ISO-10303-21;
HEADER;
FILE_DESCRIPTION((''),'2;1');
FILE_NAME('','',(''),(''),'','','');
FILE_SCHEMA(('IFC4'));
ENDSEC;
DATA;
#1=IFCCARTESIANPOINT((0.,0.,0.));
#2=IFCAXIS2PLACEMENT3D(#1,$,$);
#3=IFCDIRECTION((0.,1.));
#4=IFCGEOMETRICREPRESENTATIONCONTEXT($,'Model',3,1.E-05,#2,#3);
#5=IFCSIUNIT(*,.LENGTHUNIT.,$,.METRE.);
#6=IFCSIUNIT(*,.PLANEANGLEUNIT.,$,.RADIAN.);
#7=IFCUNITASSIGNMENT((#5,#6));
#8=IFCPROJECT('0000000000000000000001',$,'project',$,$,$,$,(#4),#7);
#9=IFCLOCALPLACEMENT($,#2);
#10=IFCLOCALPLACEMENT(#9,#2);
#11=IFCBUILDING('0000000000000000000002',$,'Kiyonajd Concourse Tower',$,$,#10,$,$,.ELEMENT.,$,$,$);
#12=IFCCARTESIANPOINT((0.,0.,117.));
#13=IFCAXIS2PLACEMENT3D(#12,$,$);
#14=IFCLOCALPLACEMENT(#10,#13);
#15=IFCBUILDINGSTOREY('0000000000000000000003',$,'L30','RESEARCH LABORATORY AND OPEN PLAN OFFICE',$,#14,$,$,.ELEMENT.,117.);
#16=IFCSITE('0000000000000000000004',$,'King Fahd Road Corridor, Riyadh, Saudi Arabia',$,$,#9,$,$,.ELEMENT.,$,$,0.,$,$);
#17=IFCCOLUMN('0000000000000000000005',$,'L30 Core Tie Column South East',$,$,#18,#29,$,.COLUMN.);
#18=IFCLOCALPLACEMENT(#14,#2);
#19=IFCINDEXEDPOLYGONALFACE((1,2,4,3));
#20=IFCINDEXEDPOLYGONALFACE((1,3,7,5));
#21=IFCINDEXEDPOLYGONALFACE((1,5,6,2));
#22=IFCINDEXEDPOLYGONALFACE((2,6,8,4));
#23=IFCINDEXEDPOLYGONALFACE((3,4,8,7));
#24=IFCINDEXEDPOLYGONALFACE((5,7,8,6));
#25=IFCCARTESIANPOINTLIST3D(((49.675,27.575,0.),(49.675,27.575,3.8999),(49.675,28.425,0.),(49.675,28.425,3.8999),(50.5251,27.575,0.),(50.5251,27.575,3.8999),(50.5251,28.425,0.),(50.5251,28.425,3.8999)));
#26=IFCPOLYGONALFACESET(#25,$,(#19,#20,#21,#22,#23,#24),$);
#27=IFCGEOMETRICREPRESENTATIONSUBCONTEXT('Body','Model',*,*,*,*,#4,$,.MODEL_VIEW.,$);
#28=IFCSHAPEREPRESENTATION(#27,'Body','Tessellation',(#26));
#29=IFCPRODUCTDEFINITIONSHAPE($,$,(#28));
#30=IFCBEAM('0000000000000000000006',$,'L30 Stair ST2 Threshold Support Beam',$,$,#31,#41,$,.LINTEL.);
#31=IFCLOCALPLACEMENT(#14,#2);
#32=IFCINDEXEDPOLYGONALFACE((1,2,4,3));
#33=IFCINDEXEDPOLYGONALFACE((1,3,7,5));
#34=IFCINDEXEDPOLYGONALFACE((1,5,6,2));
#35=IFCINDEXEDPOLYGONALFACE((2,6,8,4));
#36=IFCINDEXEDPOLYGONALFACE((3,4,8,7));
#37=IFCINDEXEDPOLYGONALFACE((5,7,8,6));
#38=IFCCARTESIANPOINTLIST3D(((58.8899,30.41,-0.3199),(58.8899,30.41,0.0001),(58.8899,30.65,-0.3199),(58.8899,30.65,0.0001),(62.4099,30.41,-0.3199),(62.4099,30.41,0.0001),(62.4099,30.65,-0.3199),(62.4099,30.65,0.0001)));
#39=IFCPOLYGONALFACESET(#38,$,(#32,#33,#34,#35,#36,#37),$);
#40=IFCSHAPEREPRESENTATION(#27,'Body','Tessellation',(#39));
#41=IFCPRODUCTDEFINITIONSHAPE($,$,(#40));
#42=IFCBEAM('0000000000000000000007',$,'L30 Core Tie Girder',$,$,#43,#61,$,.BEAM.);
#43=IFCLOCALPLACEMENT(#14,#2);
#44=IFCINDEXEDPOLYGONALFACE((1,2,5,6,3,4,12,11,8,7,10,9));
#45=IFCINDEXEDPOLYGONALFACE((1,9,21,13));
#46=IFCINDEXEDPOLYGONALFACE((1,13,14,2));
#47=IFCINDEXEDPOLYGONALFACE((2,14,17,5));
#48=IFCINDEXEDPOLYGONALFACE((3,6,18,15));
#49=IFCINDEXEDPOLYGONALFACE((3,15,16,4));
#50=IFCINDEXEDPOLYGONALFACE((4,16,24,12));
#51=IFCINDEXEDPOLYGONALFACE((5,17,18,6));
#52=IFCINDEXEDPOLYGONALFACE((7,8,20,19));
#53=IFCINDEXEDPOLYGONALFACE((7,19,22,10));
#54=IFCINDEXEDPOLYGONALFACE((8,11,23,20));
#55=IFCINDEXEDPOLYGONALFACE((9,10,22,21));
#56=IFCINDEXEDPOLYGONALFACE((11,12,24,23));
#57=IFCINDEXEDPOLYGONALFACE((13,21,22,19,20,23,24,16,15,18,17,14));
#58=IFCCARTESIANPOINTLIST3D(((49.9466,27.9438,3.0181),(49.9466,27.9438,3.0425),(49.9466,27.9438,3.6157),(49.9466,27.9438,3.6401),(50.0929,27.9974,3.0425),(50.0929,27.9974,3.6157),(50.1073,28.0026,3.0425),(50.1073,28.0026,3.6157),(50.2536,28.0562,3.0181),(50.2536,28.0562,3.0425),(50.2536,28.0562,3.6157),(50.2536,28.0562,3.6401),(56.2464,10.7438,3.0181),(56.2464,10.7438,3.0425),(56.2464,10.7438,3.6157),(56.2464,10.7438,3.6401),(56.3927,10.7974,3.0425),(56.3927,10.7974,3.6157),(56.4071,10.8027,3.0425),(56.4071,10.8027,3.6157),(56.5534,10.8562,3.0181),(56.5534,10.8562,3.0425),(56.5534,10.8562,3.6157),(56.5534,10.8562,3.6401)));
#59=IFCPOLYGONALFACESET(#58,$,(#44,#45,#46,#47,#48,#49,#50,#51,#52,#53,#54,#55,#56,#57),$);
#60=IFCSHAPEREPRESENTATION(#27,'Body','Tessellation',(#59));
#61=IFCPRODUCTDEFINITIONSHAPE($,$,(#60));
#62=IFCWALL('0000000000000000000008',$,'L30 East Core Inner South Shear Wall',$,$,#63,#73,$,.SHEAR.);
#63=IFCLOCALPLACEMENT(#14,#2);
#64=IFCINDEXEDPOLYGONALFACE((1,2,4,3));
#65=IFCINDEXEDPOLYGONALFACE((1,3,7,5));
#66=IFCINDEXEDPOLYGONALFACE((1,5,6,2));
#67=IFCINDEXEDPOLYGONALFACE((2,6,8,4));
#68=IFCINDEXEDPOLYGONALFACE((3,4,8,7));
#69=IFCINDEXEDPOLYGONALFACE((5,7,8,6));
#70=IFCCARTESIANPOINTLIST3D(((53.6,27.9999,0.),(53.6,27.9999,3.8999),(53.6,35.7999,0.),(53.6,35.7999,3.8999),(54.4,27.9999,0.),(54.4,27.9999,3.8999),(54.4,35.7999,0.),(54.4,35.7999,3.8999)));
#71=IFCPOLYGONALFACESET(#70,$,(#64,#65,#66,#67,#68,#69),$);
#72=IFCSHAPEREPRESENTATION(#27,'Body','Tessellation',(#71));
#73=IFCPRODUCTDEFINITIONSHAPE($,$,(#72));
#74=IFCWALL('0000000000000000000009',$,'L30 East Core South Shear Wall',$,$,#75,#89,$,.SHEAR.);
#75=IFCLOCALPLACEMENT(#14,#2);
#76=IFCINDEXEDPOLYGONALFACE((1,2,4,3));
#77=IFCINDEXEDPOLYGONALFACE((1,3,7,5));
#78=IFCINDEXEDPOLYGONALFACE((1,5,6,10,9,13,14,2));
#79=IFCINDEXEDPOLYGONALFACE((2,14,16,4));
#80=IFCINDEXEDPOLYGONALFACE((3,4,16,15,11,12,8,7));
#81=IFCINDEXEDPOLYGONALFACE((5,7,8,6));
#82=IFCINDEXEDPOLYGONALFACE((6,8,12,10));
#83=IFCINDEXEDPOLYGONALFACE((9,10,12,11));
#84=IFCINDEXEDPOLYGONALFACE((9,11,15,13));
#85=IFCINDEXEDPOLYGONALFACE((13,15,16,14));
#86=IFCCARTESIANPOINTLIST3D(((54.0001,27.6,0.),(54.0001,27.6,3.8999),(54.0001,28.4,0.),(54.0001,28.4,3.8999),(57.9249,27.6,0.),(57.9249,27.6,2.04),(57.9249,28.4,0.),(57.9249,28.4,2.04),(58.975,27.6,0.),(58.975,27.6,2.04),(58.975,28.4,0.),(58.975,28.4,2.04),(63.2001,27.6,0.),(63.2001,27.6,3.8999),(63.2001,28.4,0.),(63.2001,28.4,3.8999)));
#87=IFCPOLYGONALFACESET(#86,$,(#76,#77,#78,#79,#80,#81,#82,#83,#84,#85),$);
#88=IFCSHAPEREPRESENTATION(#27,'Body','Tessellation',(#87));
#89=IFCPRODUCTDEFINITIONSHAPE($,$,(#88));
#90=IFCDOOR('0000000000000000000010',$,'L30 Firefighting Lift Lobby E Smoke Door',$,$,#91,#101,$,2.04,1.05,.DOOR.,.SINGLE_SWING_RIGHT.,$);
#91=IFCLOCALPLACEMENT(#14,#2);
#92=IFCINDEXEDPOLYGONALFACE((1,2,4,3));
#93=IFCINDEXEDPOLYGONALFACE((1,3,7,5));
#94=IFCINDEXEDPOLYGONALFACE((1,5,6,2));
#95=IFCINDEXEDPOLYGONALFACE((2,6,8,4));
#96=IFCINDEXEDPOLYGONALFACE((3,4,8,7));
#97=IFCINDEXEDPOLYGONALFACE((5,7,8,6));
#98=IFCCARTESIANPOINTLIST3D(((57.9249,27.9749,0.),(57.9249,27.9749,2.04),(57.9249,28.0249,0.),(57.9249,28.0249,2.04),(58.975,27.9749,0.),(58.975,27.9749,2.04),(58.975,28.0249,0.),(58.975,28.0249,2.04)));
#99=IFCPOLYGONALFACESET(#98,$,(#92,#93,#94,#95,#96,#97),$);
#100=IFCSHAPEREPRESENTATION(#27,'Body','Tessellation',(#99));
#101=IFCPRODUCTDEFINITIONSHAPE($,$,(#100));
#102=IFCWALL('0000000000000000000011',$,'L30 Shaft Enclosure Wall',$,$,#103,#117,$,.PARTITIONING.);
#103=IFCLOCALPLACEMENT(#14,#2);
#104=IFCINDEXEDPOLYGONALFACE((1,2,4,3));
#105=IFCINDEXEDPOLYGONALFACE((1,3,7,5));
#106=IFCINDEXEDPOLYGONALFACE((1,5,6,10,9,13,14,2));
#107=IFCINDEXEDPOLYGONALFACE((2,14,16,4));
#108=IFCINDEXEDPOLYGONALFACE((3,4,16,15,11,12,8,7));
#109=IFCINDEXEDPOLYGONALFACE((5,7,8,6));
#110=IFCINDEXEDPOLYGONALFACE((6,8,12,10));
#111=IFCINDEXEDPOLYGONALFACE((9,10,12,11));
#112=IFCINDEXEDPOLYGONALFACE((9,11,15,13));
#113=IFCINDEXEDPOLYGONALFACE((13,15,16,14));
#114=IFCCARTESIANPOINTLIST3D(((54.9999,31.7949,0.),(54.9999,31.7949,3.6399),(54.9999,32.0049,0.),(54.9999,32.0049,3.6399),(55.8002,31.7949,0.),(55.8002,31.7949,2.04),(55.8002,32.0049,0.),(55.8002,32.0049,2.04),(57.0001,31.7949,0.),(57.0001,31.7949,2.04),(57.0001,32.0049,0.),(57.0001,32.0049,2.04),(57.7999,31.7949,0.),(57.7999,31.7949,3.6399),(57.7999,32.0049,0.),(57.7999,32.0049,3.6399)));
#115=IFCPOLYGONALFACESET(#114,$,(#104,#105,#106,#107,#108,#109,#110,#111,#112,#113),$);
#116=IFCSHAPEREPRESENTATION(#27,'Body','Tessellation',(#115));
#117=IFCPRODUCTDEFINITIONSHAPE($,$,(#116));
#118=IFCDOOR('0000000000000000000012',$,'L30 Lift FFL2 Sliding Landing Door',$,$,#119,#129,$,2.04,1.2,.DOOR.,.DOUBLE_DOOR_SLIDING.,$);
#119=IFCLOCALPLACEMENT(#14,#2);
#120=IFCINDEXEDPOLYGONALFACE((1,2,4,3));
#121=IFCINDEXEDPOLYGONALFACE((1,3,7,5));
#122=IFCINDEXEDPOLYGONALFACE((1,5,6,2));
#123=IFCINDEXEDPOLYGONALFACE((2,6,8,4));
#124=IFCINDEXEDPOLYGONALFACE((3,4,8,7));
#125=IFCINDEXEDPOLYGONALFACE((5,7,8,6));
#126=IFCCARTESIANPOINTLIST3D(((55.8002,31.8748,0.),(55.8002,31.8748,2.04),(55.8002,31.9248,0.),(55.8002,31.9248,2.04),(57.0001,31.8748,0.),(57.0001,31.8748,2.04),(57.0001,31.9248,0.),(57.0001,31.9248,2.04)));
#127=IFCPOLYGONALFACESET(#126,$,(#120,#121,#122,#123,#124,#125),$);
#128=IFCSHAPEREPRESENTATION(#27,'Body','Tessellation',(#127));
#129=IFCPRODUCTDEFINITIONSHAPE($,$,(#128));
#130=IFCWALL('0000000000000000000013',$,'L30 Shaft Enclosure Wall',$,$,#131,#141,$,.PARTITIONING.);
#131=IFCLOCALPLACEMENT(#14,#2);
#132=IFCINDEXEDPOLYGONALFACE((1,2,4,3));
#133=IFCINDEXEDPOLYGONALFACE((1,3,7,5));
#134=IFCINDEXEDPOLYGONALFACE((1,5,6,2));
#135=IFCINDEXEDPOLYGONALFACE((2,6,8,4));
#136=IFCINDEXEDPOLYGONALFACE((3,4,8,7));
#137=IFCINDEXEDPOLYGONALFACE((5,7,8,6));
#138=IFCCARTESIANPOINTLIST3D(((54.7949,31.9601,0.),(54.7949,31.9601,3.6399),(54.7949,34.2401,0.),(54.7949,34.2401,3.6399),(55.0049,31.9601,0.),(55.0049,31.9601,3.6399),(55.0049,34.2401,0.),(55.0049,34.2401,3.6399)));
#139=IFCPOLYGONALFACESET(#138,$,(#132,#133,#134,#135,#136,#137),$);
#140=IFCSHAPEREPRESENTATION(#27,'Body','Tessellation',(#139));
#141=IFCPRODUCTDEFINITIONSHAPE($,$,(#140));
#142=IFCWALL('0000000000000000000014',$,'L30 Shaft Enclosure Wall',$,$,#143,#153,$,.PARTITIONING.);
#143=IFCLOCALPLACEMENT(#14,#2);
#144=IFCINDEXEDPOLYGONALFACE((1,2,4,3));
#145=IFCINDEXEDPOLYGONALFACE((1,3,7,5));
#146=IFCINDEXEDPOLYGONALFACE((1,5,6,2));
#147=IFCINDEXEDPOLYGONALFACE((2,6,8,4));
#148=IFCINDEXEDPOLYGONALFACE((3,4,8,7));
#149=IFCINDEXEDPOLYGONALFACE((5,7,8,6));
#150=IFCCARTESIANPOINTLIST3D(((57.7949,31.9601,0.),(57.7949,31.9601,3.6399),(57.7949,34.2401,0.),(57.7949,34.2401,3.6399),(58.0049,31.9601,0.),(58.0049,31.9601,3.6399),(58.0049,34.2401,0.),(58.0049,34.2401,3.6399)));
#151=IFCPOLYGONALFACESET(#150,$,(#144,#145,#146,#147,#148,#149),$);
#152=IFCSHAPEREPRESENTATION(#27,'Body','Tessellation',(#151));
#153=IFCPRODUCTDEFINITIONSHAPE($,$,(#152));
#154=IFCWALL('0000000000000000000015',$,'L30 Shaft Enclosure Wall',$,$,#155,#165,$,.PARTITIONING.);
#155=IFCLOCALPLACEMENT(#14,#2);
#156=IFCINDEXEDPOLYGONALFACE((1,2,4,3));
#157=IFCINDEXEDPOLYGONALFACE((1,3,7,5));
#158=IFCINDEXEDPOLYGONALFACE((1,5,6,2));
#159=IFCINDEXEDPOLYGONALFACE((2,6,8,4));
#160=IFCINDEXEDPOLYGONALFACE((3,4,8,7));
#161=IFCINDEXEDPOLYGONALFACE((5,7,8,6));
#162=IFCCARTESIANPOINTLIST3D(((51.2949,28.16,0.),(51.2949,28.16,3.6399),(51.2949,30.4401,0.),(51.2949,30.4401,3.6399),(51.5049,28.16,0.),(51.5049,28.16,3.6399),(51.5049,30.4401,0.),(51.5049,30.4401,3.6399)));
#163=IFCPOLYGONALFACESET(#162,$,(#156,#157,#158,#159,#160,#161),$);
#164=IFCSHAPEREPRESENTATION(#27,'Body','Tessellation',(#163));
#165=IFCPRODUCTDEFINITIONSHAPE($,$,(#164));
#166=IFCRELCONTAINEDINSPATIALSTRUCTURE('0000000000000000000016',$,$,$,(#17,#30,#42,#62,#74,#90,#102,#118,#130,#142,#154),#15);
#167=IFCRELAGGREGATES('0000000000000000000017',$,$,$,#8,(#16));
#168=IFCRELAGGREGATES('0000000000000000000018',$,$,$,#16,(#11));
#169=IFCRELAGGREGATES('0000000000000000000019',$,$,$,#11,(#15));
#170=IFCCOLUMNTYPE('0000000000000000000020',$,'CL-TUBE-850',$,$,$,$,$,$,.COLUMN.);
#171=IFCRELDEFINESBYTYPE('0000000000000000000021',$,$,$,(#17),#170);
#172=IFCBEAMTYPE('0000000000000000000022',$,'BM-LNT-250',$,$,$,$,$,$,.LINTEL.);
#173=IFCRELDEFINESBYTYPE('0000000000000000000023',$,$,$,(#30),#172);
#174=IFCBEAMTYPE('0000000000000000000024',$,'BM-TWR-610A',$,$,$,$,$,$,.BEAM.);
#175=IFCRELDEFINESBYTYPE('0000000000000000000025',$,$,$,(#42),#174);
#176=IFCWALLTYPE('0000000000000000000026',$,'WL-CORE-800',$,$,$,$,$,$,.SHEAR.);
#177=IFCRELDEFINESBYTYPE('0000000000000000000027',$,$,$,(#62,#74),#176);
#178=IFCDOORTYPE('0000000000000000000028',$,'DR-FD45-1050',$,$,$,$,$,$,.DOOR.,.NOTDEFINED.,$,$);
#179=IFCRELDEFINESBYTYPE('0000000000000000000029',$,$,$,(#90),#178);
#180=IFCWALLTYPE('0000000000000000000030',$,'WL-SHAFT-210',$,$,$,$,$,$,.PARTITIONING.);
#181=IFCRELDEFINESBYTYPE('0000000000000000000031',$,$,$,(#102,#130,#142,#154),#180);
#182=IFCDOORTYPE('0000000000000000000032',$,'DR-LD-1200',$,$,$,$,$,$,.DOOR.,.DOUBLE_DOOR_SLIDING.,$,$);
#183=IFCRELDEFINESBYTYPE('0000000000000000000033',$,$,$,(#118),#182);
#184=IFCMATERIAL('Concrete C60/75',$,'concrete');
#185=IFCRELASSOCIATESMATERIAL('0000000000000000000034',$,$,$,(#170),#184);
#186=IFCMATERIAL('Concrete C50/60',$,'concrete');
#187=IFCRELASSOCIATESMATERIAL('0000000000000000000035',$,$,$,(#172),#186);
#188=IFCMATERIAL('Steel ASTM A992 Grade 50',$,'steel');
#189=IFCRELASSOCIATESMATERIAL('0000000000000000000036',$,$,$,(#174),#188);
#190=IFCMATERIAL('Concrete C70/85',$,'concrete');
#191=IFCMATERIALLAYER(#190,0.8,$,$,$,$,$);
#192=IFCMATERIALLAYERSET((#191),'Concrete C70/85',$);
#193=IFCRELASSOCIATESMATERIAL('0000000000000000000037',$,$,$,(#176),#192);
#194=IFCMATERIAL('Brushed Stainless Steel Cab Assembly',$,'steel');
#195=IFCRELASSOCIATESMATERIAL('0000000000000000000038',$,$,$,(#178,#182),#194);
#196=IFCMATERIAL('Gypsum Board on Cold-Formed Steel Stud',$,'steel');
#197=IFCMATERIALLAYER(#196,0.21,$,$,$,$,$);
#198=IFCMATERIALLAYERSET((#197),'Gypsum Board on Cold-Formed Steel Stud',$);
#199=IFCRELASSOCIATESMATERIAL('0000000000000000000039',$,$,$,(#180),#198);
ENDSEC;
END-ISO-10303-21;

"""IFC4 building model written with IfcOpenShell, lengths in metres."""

from ifc_helpers import new_model, si_unit, direction, frame, frame_2d, origin, origin_2d, place, context, subcontext, project, spatial, rectangle, i_section, extrude, material, layer, layer_set, material_profile, profile_set, type_object, element, fill, save


model = new_model("IFC4")

# Units and contexts
model_context = context("Model", 3, precision=1e-05, world=origin(), true_north=direction((0.0, 1.0)))
body_context = subcontext(model_context, "Body", "Model", "MODEL_VIEW")
ifc_project = project(units=[si_unit("LENGTHUNIT", "METRE"), si_unit("PLANEANGLEUNIT", "RADIAN")], contexts=[model_context])

# Site, building, storey
site_placement = place(None, origin())
site = spatial("IfcSite", under=ifc_project, at=site_placement, Name="King Fahd Road Corridor, Riyadh, Saudi Arabia", CompositionType="ELEMENT", RefElevation=0.0)
building_placement = place(site_placement, origin())
building = spatial("IfcBuilding", under=site, at=building_placement, Name="Kiyonajd Concourse Tower", CompositionType="ELEMENT")
storey_placement = place(building_placement, frame((0.0, 0.0, 117.0)))
storey = spatial("IfcBuildingStorey", under=building, at=storey_placement, Name="L30", Description="RESEARCH LABORATORY AND OPEN PLAN OFFICE", CompositionType="ELEMENT", Elevation=117.0)

# Column
ifc_material_1 = material(Name="Concrete C60/75", Category="concrete")
ifc_material_profile_1 = material_profile(ifc_material_1, rectangle(XDim=0.8501, YDim=0.8501, at=origin_2d()), Name="RC-850x850")
ifc_profile_set_1 = profile_set([ifc_material_profile_1], Name="Concrete C60/75")
column_type = type_object("IfcColumnType", Name="CL-TUBE-850", PredefinedType="COLUMN", material=ifc_profile_set_1)
column_placement = place(storey_placement, frame((50.1001, 28.0, 0.0), z_axis=(0.0, 0.0, 1.0), x_axis=(1.0, 0.0, 0.0)))
element("IfcColumn", 1, at=column_placement, inside=storey, type_object=column_type, Name="L30 Core Tie Column South East", PredefinedType="COLUMN", context=body_context, shape_type="SweptSolid", body=[
    extrude(rectangle(XDim=0.8501, YDim=0.8501, at=origin_2d()), origin(), (0.0, 0.0, 1.0), 3.8999),
])

# Beams
ifc_material_2 = material(Name="Concrete C50/60", Category="concrete")
ifc_material_profile_2 = material_profile(ifc_material_2, rectangle(XDim=0.24, YDim=0.3201, at=origin_2d()), Name="RCBM-240x320")
ifc_profile_set_2 = profile_set([ifc_material_profile_2], Name="Concrete C50/60")
beam_type_1 = type_object("IfcBeamType", Name="BM-LNT-250", PredefinedType="LINTEL", material=ifc_profile_set_2)
beam_1_placement = place(storey_placement, frame((58.8899, 30.53, -0.1599), z_axis=(1.0, 0.0, 0.0), x_axis=(0.0, 1.0, 0.0)))
element("IfcBeam", 2, at=beam_1_placement, inside=storey, type_object=beam_type_1, Name="L30 Stair ST2 Threshold Support Beam", PredefinedType="LINTEL", context=body_context, shape_type="SweptSolid", body=[
    extrude(rectangle(XDim=0.24, YDim=0.3201, at=origin_2d()), origin(), (0.0, 0.0, 1.0), 3.52),
])
ifc_material_3 = material(Name="Steel ASTM A992 Grade 50", Category="steel")
ifc_material_profile_3 = material_profile(ifc_material_3, i_section(OverallWidth=0.3269, OverallDepth=0.6221, WebThickness=0.0154, FlangeThickness=0.0244, at=origin_2d()), Name="W610X195")
ifc_profile_set_3 = profile_set([ifc_material_profile_3], Name="Steel ASTM A992 Grade 50")
beam_type_2 = type_object("IfcBeamType", Name="BM-TWR-610A", PredefinedType="BEAM", material=ifc_profile_set_3)
beam_2_placement = place(storey_placement, frame((50.1001, 28.0, 3.3291), z_axis=(0.343925, -0.938997, 0.0), x_axis=(0.938997, 0.343925, 0.0)))
element("IfcBeam", 3, at=beam_2_placement, inside=storey, type_object=beam_type_2, Name="L30 Core Tie Girder", PredefinedType="BEAM", context=body_context, shape_type="SweptSolid", body=[
    extrude(i_section(OverallWidth=0.3269, OverallDepth=0.6221, WebThickness=0.0154, FlangeThickness=0.0244, at=origin_2d()), origin(), (0.0, 0.0, 1.0), 18.3174),
])

# Wall
ifc_material_4 = material(Name="Concrete C70/85", Category="concrete")
ifc_layer_1 = layer(ifc_material_4, 0.8)
ifc_layer_set_1 = layer_set([ifc_layer_1], Name="Concrete C70/85")
wall_type_1 = type_object("IfcWallType", Name="WL-CORE-800", PredefinedType="SHEAR", material=ifc_layer_set_1)
wall_1_placement = place(storey_placement, frame((54.0, 28.0, 0.0), z_axis=(0.0, 0.0, 1.0), x_axis=(0.0, 1.0, 0.0)))
element("IfcWall", 4, at=wall_1_placement, inside=storey, type_object=wall_type_1, Name="L30 East Core Inner South Shear Wall", PredefinedType="SHEAR", context=body_context, shape_type="SweptSolid", body=[
    extrude(rectangle(XDim=7.8, YDim=0.8, at=frame_2d((3.8999, 0.0))), origin(), (0.0, 0.0, 1.0), 3.8999),
])

# Walls, openings, doors
wall_2_placement = place(storey_placement, frame((54.0, 28.0, 0.0), z_axis=(0.0, 0.0, 1.0), x_axis=(1.0, 0.0, 0.0)))
wall_2 = element("IfcWall", 5, at=wall_2_placement, inside=storey, type_object=wall_type_1, Name="L30 East Core South Shear Wall", PredefinedType="SHEAR", context=body_context, shape_type="SweptSolid", body=[
    extrude(rectangle(XDim=9.2, YDim=0.8, at=frame_2d((4.6001, 0.0))), origin(), (0.0, 0.0, 1.0), 3.8999),
])
opening_1_placement = place(wall_2_placement, frame((3.925, 0.0, 0.0)))
opening_1 = element("IfcOpeningElement", 6, at=opening_1_placement, cuts=wall_2, PredefinedType="OPENING", context=body_context, shape_type="SweptSolid", body=[
    extrude(rectangle(XDim=1.05, YDim=2.04, at=frame_2d((0.5249, 1.02))), frame((0.0, 0.4099, 0.0), z_axis=(0.0, -1.0, 0.0), x_axis=(1.0, 0.0, 0.0)), (0.0, 0.0, 1.0), 0.8201),
])
ifc_material_5 = material(Name="Brushed Stainless Steel Cab Assembly", Category="steel")
door_type_1 = type_object("IfcDoorType", Name="DR-FD45-1050", OperationType="NOTDEFINED", PredefinedType="DOOR", material=ifc_material_5)
door_1_placement = place(opening_1_placement, origin())
door_1 = element("IfcDoor", 7, at=door_1_placement, inside=storey, type_object=door_type_1, Name="L30 Firefighting Lift Lobby E Smoke Door", OperationType="SINGLE_SWING_RIGHT", OverallHeight=2.04, OverallWidth=1.05, PredefinedType="DOOR", context=body_context, shape_type="SweptSolid", body=[
    extrude(rectangle(XDim=1.05, YDim=2.04, at=frame_2d((0.5249, 1.02))), frame((0.0, 0.0249, 0.0), z_axis=(0.0, -1.0, 0.0), x_axis=(1.0, 0.0, 0.0)), (0.0, 0.0, 1.0), 0.05),
])
fill(opening_1, door_1)
ifc_material_6 = material(Name="Gypsum Board on Cold-Formed Steel Stud", Category="steel")
ifc_layer_2 = layer(ifc_material_6, 0.21)
ifc_layer_set_2 = layer_set([ifc_layer_2], Name="Gypsum Board on Cold-Formed Steel Stud")
wall_type_2 = type_object("IfcWallType", Name="WL-SHAFT-210", PredefinedType="PARTITIONING", material=ifc_layer_set_2)
wall_3_placement = place(storey_placement, frame((55.0, 31.8999, 0.0), z_axis=(0.0, 0.0, 1.0), x_axis=(1.0, 0.0, 0.0)))
wall_3 = element("IfcWall", 8, at=wall_3_placement, inside=storey, type_object=wall_type_2, Name="L30 Shaft Enclosure Wall", PredefinedType="PARTITIONING", context=body_context, shape_type="SweptSolid", body=[
    extrude(rectangle(XDim=2.8, YDim=0.21, at=frame_2d((1.3999, 0.0))), origin(), (0.0, 0.0, 1.0), 3.6399),
])
opening_2_placement = place(wall_3_placement, frame((0.8, 0.0, 0.0)))
opening_2 = element("IfcOpeningElement", 9, at=opening_2_placement, cuts=wall_3, PredefinedType="OPENING", context=body_context, shape_type="SweptSolid", body=[
    extrude(rectangle(XDim=1.2, YDim=2.04, at=frame_2d((0.6001, 1.02))), frame((0.0, 0.115, 0.0), z_axis=(0.0, -1.0, 0.0), x_axis=(1.0, 0.0, 0.0)), (0.0, 0.0, 1.0), 0.23),
])
door_type_2 = type_object("IfcDoorType", Name="DR-LD-1200", OperationType="DOUBLE_DOOR_SLIDING", PredefinedType="DOOR", material=ifc_material_5)
door_2_placement = place(opening_2_placement, origin())
door_2 = element("IfcDoor", 10, at=door_2_placement, inside=storey, type_object=door_type_2, Name="L30 Lift FFL2 Sliding Landing Door", OperationType="DOUBLE_DOOR_SLIDING", OverallHeight=2.04, OverallWidth=1.2, PredefinedType="DOOR", context=body_context, shape_type="SweptSolid", body=[
    extrude(rectangle(XDim=1.2, YDim=2.04, at=frame_2d((0.6001, 1.02))), frame((0.0, 0.0249, 0.0), z_axis=(0.0, -1.0, 0.0), x_axis=(1.0, 0.0, 0.0)), (0.0, 0.0, 1.0), 0.05),
])
fill(opening_2, door_2)

# Walls
for number, where, z_axis, x_axis, name in (
    (11, (54.8999, 31.96, 0.0), (0.0, 0.0, 1.0), (0.0, 1.0, 0.0), "L30 Shaft Enclosure Wall"),
    (12, (57.8999, 31.96, 0.0), (0.0, 0.0, 1.0), (0.0, 1.0, 0.0), "L30 Shaft Enclosure Wall"),
    (13, (51.3999, 28.1599, 0.0), (0.0, 0.0, 1.0), (0.0, 1.0, 0.0), "L30 Shaft Enclosure Wall"),
):
    element("IfcWall", number, at=place(storey_placement, frame(where, z_axis=z_axis, x_axis=x_axis)), inside=storey, type_object=wall_type_2, Name=name, PredefinedType="PARTITIONING", context=body_context, shape_type="SweptSolid", body=[
        extrude(rectangle(XDim=2.28, YDim=0.21, at=frame_2d((1.1401, 0.0))), origin(), (0.0, 0.0, 1.0), 3.6399),
    ])

save(model, "model.ifc")
